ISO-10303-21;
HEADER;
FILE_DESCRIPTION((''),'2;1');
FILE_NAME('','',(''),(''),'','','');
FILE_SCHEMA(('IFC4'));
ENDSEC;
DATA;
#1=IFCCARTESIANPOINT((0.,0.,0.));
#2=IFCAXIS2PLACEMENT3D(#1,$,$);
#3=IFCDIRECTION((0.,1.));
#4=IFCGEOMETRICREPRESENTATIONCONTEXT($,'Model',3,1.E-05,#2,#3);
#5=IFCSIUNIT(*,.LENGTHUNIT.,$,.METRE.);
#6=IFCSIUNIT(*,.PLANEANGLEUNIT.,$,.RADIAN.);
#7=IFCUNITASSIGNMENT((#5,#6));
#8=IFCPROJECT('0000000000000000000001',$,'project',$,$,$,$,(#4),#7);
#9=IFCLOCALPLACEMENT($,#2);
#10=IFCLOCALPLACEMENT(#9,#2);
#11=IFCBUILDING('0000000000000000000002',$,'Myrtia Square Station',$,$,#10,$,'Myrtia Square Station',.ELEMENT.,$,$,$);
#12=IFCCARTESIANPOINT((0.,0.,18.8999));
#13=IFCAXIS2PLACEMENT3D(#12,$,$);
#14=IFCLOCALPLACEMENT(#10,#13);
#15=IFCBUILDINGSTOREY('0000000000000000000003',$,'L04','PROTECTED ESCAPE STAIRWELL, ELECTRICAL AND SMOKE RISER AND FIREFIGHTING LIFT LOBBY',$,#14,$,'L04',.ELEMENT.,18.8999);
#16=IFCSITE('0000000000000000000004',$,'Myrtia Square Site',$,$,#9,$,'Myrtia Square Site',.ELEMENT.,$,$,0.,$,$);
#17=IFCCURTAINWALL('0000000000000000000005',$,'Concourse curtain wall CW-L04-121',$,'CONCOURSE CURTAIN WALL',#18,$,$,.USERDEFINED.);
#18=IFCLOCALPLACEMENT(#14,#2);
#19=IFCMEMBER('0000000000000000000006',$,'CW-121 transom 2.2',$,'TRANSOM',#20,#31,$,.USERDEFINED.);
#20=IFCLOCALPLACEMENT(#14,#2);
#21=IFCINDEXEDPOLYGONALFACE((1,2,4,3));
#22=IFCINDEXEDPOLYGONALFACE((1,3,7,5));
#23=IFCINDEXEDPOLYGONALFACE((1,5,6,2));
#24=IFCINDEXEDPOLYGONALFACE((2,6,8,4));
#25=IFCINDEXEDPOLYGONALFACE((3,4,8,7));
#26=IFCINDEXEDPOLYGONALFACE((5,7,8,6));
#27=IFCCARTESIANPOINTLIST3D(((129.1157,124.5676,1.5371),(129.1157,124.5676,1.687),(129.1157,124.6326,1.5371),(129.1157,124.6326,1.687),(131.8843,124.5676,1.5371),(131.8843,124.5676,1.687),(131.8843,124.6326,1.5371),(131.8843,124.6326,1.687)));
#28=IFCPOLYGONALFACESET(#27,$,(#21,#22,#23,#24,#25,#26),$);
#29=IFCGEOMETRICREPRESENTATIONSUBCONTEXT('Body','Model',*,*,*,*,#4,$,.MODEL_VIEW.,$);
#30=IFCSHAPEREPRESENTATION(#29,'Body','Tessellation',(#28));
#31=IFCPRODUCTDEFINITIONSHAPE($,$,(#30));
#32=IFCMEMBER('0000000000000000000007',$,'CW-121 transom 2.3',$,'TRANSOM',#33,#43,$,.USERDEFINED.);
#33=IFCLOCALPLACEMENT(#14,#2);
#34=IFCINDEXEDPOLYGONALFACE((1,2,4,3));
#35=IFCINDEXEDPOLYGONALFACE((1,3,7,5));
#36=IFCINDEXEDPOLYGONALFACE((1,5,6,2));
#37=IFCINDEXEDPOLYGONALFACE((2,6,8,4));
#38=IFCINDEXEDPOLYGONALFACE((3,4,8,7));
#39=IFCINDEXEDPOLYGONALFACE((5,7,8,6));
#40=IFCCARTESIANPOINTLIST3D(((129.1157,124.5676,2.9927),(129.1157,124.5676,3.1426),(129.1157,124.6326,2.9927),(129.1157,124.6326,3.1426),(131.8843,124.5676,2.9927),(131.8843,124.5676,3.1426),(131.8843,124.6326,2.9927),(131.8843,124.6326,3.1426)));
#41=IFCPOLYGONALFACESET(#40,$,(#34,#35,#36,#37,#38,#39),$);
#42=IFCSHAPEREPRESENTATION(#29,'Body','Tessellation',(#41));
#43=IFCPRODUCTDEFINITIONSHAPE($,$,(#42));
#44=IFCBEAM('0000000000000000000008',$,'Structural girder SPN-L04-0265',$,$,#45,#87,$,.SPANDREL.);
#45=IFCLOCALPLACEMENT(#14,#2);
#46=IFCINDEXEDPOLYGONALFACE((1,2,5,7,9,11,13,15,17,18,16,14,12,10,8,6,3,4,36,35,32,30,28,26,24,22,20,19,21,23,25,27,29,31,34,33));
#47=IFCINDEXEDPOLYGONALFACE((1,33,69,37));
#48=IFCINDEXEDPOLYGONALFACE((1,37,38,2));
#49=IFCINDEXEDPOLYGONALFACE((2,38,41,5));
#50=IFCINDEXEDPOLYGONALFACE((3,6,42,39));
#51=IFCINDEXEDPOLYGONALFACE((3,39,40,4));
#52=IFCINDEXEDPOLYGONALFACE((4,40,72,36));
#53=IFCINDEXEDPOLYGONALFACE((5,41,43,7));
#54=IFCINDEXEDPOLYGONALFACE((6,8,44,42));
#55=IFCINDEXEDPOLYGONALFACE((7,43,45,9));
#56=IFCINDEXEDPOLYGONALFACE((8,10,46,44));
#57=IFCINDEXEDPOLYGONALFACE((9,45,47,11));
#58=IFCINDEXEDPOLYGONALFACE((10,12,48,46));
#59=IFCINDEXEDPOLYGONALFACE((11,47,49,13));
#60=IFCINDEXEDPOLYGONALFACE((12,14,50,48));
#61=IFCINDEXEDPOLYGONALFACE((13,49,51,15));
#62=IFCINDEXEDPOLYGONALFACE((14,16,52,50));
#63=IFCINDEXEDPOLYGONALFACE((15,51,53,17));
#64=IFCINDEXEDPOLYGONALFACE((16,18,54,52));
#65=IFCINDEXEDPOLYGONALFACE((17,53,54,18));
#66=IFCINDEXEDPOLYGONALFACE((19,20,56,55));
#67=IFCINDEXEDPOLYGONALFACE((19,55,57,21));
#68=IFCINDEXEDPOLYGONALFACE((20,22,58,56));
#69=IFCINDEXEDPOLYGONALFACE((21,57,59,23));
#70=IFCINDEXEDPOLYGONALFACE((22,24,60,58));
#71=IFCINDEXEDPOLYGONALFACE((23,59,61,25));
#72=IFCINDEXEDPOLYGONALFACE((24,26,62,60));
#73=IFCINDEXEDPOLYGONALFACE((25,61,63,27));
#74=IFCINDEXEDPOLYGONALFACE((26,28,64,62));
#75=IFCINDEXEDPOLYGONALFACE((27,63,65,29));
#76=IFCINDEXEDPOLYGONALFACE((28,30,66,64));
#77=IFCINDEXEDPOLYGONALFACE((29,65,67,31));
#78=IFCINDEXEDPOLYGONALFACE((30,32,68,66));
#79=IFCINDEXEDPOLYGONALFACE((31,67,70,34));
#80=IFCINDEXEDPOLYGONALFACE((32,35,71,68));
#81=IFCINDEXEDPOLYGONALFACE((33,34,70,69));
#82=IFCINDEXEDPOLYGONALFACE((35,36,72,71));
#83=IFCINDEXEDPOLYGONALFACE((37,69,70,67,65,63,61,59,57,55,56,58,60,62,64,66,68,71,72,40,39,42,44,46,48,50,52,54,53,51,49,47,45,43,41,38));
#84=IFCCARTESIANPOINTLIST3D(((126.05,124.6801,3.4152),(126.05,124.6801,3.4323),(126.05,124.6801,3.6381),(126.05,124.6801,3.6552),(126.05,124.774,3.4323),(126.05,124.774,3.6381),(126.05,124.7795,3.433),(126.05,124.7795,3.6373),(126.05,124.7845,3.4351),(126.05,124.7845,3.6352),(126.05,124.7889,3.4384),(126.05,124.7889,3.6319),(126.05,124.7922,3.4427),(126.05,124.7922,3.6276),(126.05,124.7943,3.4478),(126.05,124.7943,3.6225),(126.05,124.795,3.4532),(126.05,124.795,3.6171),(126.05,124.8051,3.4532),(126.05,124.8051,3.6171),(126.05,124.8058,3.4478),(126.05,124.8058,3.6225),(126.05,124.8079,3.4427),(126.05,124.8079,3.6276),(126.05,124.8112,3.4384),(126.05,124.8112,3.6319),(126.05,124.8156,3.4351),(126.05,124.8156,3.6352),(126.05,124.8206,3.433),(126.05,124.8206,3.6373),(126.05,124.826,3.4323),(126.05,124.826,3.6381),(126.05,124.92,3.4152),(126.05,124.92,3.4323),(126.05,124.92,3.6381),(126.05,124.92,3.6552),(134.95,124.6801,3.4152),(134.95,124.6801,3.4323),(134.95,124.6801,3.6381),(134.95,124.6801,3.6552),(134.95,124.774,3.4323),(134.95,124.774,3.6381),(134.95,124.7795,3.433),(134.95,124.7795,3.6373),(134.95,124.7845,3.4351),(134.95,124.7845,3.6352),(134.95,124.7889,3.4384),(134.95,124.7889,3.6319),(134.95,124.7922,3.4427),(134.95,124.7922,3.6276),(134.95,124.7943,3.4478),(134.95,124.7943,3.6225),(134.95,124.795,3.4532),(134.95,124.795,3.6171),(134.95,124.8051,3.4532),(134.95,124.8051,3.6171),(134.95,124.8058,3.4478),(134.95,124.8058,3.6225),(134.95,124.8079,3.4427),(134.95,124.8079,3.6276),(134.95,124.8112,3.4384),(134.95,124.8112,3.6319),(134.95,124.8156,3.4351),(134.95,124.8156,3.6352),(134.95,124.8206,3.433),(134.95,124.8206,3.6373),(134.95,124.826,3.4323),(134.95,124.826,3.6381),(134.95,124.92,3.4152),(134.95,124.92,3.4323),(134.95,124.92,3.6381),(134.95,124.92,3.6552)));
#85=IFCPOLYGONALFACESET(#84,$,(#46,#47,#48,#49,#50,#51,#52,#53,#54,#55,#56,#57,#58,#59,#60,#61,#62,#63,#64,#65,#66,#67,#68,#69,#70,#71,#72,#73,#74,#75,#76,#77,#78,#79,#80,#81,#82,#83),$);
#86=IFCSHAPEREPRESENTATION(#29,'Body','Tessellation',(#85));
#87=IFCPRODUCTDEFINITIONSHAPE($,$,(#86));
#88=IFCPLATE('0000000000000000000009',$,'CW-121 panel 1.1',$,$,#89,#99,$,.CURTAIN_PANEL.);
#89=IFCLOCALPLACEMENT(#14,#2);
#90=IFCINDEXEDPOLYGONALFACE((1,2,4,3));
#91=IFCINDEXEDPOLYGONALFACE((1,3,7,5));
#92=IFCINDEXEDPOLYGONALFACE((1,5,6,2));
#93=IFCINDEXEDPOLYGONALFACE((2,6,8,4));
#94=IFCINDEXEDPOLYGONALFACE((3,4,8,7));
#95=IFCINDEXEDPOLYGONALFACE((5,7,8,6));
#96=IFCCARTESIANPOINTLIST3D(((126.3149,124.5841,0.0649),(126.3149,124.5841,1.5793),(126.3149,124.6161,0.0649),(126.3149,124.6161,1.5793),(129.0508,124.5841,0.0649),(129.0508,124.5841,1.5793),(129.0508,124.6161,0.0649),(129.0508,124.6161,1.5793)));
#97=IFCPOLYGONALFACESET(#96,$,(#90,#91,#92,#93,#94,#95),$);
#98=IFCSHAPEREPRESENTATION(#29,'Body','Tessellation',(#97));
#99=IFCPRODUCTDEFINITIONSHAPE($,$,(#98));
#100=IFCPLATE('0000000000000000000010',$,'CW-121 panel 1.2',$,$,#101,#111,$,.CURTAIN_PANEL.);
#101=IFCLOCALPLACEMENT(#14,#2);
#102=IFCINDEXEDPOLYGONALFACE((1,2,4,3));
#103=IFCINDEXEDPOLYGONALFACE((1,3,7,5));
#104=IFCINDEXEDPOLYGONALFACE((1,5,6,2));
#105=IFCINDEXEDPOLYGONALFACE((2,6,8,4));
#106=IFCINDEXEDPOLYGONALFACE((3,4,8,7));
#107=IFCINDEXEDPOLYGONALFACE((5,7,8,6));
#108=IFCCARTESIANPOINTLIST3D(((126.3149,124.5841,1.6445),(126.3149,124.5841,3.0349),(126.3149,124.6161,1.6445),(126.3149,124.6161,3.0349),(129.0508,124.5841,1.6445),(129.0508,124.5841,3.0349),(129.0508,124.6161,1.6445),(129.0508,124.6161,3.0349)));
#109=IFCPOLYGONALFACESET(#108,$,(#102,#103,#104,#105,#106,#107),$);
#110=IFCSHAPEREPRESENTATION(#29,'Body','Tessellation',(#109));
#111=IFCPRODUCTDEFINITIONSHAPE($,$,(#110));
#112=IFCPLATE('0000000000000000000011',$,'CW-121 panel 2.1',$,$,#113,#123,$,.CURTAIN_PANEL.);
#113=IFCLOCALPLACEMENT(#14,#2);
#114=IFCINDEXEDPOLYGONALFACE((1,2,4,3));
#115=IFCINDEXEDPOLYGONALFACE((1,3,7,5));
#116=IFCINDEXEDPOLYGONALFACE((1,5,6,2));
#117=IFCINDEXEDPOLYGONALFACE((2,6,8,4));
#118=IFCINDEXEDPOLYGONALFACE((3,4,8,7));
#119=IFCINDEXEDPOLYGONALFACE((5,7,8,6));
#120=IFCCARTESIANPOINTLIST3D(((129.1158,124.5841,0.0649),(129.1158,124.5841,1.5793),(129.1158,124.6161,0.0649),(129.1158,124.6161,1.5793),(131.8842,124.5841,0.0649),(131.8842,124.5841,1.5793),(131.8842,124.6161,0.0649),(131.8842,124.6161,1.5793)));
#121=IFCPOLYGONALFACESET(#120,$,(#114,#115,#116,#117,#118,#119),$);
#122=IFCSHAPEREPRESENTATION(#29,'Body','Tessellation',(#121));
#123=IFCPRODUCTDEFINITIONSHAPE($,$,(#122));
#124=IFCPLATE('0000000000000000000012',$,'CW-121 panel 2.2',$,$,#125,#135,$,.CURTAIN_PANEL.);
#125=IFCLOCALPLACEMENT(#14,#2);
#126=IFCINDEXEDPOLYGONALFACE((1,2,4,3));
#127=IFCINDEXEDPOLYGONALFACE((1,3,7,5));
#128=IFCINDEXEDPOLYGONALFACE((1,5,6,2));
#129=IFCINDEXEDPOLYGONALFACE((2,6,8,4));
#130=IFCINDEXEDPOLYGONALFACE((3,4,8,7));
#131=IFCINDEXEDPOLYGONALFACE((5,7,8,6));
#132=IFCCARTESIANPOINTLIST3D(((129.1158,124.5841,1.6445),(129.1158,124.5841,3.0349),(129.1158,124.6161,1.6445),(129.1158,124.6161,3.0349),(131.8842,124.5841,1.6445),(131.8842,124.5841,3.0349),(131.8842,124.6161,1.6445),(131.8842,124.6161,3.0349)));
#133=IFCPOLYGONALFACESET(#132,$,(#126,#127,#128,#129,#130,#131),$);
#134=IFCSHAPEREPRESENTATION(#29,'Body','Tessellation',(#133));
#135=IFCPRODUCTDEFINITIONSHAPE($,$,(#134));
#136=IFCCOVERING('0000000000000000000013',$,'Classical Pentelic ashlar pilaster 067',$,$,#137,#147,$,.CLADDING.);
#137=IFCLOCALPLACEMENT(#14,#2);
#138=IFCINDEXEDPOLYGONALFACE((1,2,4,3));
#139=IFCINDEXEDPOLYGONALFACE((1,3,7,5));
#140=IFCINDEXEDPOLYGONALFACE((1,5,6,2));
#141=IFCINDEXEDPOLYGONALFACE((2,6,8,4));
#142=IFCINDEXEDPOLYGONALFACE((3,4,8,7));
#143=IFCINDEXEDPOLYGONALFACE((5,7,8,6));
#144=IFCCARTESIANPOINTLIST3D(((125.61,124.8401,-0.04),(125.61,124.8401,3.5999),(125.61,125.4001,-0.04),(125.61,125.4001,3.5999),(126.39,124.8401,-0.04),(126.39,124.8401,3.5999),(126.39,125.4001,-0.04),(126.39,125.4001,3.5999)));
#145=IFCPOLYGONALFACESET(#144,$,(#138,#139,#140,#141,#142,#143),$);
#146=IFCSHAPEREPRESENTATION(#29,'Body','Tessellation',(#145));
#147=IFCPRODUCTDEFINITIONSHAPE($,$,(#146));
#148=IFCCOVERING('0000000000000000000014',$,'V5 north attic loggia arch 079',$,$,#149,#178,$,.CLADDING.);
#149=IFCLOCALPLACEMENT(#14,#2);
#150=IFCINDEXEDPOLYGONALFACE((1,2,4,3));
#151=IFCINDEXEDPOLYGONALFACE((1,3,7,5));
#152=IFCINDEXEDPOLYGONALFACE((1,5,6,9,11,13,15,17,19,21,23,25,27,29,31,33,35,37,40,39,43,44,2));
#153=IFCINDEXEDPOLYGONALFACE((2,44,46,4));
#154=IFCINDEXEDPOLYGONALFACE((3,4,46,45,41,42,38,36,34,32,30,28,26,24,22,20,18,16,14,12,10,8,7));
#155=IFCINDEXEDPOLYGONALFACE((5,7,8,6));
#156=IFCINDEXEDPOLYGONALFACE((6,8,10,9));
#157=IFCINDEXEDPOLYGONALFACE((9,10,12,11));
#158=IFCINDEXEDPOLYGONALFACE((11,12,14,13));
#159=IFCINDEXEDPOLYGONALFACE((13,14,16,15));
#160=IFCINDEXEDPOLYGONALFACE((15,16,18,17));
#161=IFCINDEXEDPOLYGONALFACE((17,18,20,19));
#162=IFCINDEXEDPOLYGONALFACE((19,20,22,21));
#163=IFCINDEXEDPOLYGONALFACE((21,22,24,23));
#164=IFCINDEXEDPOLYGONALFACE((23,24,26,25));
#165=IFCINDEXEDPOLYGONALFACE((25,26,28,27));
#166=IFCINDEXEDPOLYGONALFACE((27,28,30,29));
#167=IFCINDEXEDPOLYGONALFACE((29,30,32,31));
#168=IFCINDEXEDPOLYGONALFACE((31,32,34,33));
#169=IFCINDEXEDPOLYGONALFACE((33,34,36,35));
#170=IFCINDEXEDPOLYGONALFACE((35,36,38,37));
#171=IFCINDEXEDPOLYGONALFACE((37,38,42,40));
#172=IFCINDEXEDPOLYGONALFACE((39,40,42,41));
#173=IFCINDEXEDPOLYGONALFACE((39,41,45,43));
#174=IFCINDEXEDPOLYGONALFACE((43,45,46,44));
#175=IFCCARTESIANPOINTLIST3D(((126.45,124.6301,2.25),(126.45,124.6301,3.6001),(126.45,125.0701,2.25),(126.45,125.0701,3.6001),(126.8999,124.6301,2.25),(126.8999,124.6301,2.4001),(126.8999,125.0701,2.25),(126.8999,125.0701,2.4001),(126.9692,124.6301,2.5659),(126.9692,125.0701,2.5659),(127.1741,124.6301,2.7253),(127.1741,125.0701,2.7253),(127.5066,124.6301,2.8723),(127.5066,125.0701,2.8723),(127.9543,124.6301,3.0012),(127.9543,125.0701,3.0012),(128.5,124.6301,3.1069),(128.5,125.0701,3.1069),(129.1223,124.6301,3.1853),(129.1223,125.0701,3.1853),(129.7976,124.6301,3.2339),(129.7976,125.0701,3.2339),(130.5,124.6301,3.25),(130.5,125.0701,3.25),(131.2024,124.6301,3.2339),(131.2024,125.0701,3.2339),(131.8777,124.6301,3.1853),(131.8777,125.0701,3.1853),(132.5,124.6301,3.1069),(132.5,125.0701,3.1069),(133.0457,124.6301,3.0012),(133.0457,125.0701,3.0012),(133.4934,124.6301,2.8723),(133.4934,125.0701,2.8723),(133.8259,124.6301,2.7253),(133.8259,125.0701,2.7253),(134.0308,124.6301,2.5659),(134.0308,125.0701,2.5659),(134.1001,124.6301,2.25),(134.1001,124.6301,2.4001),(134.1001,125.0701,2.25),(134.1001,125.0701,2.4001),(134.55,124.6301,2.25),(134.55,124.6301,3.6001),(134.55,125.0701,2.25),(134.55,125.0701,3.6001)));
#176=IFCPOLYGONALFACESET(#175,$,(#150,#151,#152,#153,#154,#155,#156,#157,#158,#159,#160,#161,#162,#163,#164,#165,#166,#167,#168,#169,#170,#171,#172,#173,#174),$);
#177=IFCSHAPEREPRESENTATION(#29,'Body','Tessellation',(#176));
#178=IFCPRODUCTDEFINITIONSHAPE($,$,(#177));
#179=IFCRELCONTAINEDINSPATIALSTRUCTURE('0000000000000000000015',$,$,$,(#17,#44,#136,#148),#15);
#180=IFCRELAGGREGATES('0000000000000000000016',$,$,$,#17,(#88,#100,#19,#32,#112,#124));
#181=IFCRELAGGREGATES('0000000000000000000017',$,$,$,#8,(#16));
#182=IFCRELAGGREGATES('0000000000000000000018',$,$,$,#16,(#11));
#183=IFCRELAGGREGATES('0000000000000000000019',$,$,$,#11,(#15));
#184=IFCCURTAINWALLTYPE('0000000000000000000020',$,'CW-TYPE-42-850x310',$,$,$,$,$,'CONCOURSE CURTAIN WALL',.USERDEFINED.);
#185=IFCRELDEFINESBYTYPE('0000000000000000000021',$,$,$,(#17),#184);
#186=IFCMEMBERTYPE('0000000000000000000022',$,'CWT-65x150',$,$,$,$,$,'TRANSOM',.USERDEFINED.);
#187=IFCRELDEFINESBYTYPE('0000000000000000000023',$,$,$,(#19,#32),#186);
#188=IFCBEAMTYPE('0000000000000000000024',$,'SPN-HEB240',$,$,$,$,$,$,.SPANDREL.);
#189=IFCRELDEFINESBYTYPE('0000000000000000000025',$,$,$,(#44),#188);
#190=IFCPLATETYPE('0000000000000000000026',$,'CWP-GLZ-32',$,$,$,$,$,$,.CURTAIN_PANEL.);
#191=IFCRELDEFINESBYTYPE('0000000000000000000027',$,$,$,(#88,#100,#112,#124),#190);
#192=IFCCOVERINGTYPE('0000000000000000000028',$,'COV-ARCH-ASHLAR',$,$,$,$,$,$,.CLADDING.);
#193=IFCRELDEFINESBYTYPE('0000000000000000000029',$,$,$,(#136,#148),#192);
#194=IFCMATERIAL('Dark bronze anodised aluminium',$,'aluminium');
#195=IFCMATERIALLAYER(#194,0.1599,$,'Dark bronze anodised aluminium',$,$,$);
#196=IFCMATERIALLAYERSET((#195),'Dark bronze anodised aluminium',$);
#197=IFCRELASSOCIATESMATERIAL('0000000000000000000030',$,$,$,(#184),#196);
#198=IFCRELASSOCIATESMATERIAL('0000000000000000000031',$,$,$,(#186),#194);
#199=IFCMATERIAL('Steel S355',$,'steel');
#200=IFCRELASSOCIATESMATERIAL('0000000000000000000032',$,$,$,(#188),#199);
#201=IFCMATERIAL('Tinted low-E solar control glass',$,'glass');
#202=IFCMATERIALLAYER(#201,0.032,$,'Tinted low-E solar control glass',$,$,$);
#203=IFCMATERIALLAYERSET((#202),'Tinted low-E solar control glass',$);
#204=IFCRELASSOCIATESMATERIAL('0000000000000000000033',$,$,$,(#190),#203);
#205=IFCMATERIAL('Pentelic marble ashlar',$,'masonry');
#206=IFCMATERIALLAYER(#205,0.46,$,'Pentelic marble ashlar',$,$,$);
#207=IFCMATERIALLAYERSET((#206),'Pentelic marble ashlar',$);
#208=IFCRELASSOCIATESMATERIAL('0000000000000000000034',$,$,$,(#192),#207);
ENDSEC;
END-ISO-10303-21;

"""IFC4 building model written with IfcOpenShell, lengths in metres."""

from ifc_helpers import new_model, si_unit, direction, frame, origin, origin_2d, place, context, subcontext, project, spatial, polyline, rectangle, i_section, outline, extrude, material, layer, layer_set, material_profile, profile_set, type_object, element, aggregate, save


model = new_model("IFC4")

# Units and contexts
model_context = context("Model", 3, precision=1e-05, world=origin(), true_north=direction((0.0, 1.0)))
body_context = subcontext(model_context, "Body", "Model", "MODEL_VIEW")
ifc_project = project(units=[si_unit("LENGTHUNIT", "METRE"), si_unit("PLANEANGLEUNIT", "RADIAN")], contexts=[model_context])

# Site, building, storey
site_placement = place(None, origin())
site = spatial("IfcSite", under=ifc_project, at=site_placement, Name="Myrtia Square Site", LongName="Myrtia Square Site", CompositionType="ELEMENT", RefElevation=0.0)
building_placement = place(site_placement, origin())
building = spatial("IfcBuilding", under=site, at=building_placement, Name="Myrtia Square Station", LongName="Myrtia Square Station", CompositionType="ELEMENT")
storey_placement = place(building_placement, frame((0.0, 0.0, 18.8999)))
storey = spatial("IfcBuildingStorey", under=building, at=storey_placement, Name="L04", Description="PROTECTED ESCAPE STAIRWELL, ELECTRICAL AND SMOKE RISER AND FIREFIGHTING LIFT LOBBY", LongName="L04", CompositionType="ELEMENT", Elevation=18.8999)

# Shared definitions
ifc_material_1 = material(Name="Steel S355", Category="steel")

# Curtain wall, members
ifc_material_2 = material(Name="Dark bronze anodised aluminium", Category="aluminium")
ifc_layer_1 = layer(ifc_material_2, 0.1599, Name="Dark bronze anodised aluminium")
ifc_layer_set_1 = layer_set([ifc_layer_1], Name="Dark bronze anodised aluminium")
curtain_wall_type = type_object("IfcCurtainWallType", Name="CW-TYPE-42-850x310", ElementType="CONCOURSE CURTAIN WALL", PredefinedType="USERDEFINED", material=ifc_layer_set_1)
curtain_wall_placement = place(storey_placement, origin())
curtain_wall = element("IfcCurtainWall", 1, at=curtain_wall_placement, inside=storey, type_object=curtain_wall_type, Name="Concourse curtain wall CW-L04-121", ObjectType="CONCOURSE CURTAIN WALL", PredefinedType="USERDEFINED")
ifc_material_profile_1 = material_profile(ifc_material_2, rectangle(XDim=0.0649, YDim=0.1499, at=origin_2d()), Name="ALU-T 65x150")
ifc_profile_set_1 = profile_set([ifc_material_profile_1], Name="Dark bronze anodised aluminium")
member_type_1 = type_object("IfcMemberType", Name="CWT-65x150", ElementType="TRANSOM", PredefinedType="USERDEFINED", material=ifc_profile_set_1)
member_1_placement = place(storey_placement, frame((129.1157, 124.6001, 1.6121), z_axis=(1.0, 0.0, 0.0), x_axis=(0.0, 1.0, 0.0)))
member_1 = element("IfcMember", 2, at=member_1_placement, type_object=member_type_1, Name="CW-121 transom 2.2", ObjectType="TRANSOM", PredefinedType="USERDEFINED", context=body_context, shape_type="SweptSolid", body=[
    extrude(rectangle(XDim=0.0649, YDim=0.1499, at=origin_2d()), origin(), (0.0, 0.0, 1.0), 2.7686),
])
member_2_placement = place(storey_placement, frame((129.1157, 124.6001, 3.0676), z_axis=(1.0, 0.0, 0.0), x_axis=(0.0, 1.0, 0.0)))
member_2 = element("IfcMember", 3, at=member_2_placement, type_object=member_type_1, Name="CW-121 transom 2.3", ObjectType="TRANSOM", PredefinedType="USERDEFINED", context=body_context, shape_type="SweptSolid", body=[
    extrude(rectangle(XDim=0.0649, YDim=0.1499, at=origin_2d()), origin(), (0.0, 0.0, 1.0), 2.7686),
])

# Beam
ifc_material_profile_2 = material_profile(ifc_material_1, i_section(OverallWidth=0.24, OverallDepth=0.24, WebThickness=0.01, FlangeThickness=0.0171, FilletRadius=0.021, at=origin_2d()), Name="HEB 240")
ifc_profile_set_2 = profile_set([ifc_material_profile_2], Name="Steel S355")
beam_type_1 = type_object("IfcBeamType", Name="SPN-HEB240", PredefinedType="SPANDREL", material=ifc_profile_set_2)
beam_1_placement = place(storey_placement, frame((126.05, 124.8, 3.5352), z_axis=(1.0, 0.0, 0.0), x_axis=(0.0, 1.0, 0.0)))
element("IfcBeam", 4, at=beam_1_placement, inside=storey, type_object=beam_type_1, Name="Structural girder SPN-L04-0265", PredefinedType="SPANDREL", context=body_context, shape_type="SweptSolid", body=[
    extrude(i_section(OverallWidth=0.24, OverallDepth=0.24, WebThickness=0.01, FlangeThickness=0.0171, FilletRadius=0.021, at=origin_2d()), origin(), (0.0, 0.0, 1.0), 8.8999),
])

# Plates
ifc_material_3 = material(Name="Tinted low-E solar control glass", Category="glass")
ifc_layer_2 = layer(ifc_material_3, 0.032, Name="Tinted low-E solar control glass")
ifc_layer_set_2 = layer_set([ifc_layer_2], Name="Tinted low-E solar control glass")
plate_type = type_object("IfcPlateType", Name="CWP-GLZ-32", PredefinedType="CURTAIN_PANEL", material=ifc_layer_set_2)
plate_1_placement = place(storey_placement, frame((127.6829, 124.6001, 0.0649), z_axis=(0.0, 0.0, 1.0), x_axis=(1.0, 0.0, 0.0)))
plate_1 = element("IfcPlate", 5, at=plate_1_placement, type_object=plate_type, Name="CW-121 panel 1.1", PredefinedType="CURTAIN_PANEL", context=body_context, shape_type="SweptSolid", body=[
    extrude(rectangle(XDim=2.7358, YDim=0.032, at=origin_2d()), origin(), (0.0, 0.0, 1.0), 1.5144),
])
plate_2_placement = place(storey_placement, frame((127.6829, 124.6001, 1.6445), z_axis=(0.0, 0.0, 1.0), x_axis=(1.0, 0.0, 0.0)))
plate_2 = element("IfcPlate", 6, at=plate_2_placement, type_object=plate_type, Name="CW-121 panel 1.2", PredefinedType="CURTAIN_PANEL", context=body_context, shape_type="SweptSolid", body=[
    extrude(rectangle(XDim=2.7358, YDim=0.032, at=origin_2d()), origin(), (0.0, 0.0, 1.0), 1.3904),
])
plate_3_placement = place(storey_placement, frame((130.5, 124.6001, 0.0649), z_axis=(0.0, 0.0, 1.0), x_axis=(1.0, 0.0, 0.0)))
plate_3 = element("IfcPlate", 7, at=plate_3_placement, type_object=plate_type, Name="CW-121 panel 2.1", PredefinedType="CURTAIN_PANEL", context=body_context, shape_type="SweptSolid", body=[
    extrude(rectangle(XDim=2.7683, YDim=0.032, at=origin_2d()), origin(), (0.0, 0.0, 1.0), 1.5144),
])
plate_4_placement = place(storey_placement, frame((130.5, 124.6001, 1.6445), z_axis=(0.0, 0.0, 1.0), x_axis=(1.0, 0.0, 0.0)))
plate_4 = element("IfcPlate", 8, at=plate_4_placement, type_object=plate_type, Name="CW-121 panel 2.2", PredefinedType="CURTAIN_PANEL", context=body_context, shape_type="SweptSolid", body=[
    extrude(rectangle(XDim=2.7683, YDim=0.032, at=origin_2d()), origin(), (0.0, 0.0, 1.0), 1.3904),
])
aggregate(curtain_wall, [plate_1, plate_2, member_1, member_2, plate_3, plate_4])

# Coverings
ifc_material_4 = material(Name="Pentelic marble ashlar", Category="masonry")
ifc_layer_3 = layer(ifc_material_4, 0.46, Name="Pentelic marble ashlar")
ifc_layer_set_3 = layer_set([ifc_layer_3], Name="Pentelic marble ashlar")
covering_type = type_object("IfcCoveringType", Name="COV-ARCH-ASHLAR", PredefinedType="CLADDING", material=ifc_layer_set_3)
covering_1_placement = place(storey_placement, frame((126.0, 125.1201, -0.04), z_axis=(0.0, 0.0, 1.0), x_axis=(1.0, 0.0, 0.0)))
element("IfcCovering", 9, at=covering_1_placement, inside=storey, type_object=covering_type, Name="Classical Pentelic ashlar pilaster 067", PredefinedType="CLADDING", context=body_context, shape_type="SweptSolid", body=[
    extrude(rectangle(XDim=0.78, YDim=0.5601, at=origin_2d()), origin(), (0.0, 0.0, 1.0), 3.6399),
])
covering_2_placement = place(storey_placement, frame((126.45, 124.8501, 2.25), z_axis=(0.0, 0.0, 1.0), x_axis=(1.0, 0.0, 0.0)))
element("IfcCovering", 10, at=covering_2_placement, inside=storey, type_object=covering_type, Name="V5 north attic loggia arch 079", PredefinedType="CLADDING", context=body_context, shape_type="SweptSolid", body=[
    extrude(outline(polyline([(0.0, 0.0), (0.45, 0.0), (0.45, 0.1501), (0.5193, 0.3159), (0.7241, 0.4753), (1.0566, 0.6223), (1.5044, 0.7512), (2.05, 0.8569), (2.6724, 0.9353), (3.3477, 0.9839), (4.05, 1.0), (4.7524, 0.9839), (5.4277, 0.9353), (6.05, 0.8569), (6.5957, 0.7512), (7.0435, 0.6223), (7.376, 0.4753), (7.5808, 0.3159), (7.6501, 0.1501), (7.6501, 0.0), (8.1001, 0.0), (8.1001, 1.3501), (0.0, 1.3501), (0.0, 0.0)])), frame((0.0, 0.22, 0.0), z_axis=(0.0, -1.0, 0.0), x_axis=(1.0, 0.0, 0.0)), (0.0, 0.0, 1.0), 0.4399),
])

save(model, "model.ifc")
